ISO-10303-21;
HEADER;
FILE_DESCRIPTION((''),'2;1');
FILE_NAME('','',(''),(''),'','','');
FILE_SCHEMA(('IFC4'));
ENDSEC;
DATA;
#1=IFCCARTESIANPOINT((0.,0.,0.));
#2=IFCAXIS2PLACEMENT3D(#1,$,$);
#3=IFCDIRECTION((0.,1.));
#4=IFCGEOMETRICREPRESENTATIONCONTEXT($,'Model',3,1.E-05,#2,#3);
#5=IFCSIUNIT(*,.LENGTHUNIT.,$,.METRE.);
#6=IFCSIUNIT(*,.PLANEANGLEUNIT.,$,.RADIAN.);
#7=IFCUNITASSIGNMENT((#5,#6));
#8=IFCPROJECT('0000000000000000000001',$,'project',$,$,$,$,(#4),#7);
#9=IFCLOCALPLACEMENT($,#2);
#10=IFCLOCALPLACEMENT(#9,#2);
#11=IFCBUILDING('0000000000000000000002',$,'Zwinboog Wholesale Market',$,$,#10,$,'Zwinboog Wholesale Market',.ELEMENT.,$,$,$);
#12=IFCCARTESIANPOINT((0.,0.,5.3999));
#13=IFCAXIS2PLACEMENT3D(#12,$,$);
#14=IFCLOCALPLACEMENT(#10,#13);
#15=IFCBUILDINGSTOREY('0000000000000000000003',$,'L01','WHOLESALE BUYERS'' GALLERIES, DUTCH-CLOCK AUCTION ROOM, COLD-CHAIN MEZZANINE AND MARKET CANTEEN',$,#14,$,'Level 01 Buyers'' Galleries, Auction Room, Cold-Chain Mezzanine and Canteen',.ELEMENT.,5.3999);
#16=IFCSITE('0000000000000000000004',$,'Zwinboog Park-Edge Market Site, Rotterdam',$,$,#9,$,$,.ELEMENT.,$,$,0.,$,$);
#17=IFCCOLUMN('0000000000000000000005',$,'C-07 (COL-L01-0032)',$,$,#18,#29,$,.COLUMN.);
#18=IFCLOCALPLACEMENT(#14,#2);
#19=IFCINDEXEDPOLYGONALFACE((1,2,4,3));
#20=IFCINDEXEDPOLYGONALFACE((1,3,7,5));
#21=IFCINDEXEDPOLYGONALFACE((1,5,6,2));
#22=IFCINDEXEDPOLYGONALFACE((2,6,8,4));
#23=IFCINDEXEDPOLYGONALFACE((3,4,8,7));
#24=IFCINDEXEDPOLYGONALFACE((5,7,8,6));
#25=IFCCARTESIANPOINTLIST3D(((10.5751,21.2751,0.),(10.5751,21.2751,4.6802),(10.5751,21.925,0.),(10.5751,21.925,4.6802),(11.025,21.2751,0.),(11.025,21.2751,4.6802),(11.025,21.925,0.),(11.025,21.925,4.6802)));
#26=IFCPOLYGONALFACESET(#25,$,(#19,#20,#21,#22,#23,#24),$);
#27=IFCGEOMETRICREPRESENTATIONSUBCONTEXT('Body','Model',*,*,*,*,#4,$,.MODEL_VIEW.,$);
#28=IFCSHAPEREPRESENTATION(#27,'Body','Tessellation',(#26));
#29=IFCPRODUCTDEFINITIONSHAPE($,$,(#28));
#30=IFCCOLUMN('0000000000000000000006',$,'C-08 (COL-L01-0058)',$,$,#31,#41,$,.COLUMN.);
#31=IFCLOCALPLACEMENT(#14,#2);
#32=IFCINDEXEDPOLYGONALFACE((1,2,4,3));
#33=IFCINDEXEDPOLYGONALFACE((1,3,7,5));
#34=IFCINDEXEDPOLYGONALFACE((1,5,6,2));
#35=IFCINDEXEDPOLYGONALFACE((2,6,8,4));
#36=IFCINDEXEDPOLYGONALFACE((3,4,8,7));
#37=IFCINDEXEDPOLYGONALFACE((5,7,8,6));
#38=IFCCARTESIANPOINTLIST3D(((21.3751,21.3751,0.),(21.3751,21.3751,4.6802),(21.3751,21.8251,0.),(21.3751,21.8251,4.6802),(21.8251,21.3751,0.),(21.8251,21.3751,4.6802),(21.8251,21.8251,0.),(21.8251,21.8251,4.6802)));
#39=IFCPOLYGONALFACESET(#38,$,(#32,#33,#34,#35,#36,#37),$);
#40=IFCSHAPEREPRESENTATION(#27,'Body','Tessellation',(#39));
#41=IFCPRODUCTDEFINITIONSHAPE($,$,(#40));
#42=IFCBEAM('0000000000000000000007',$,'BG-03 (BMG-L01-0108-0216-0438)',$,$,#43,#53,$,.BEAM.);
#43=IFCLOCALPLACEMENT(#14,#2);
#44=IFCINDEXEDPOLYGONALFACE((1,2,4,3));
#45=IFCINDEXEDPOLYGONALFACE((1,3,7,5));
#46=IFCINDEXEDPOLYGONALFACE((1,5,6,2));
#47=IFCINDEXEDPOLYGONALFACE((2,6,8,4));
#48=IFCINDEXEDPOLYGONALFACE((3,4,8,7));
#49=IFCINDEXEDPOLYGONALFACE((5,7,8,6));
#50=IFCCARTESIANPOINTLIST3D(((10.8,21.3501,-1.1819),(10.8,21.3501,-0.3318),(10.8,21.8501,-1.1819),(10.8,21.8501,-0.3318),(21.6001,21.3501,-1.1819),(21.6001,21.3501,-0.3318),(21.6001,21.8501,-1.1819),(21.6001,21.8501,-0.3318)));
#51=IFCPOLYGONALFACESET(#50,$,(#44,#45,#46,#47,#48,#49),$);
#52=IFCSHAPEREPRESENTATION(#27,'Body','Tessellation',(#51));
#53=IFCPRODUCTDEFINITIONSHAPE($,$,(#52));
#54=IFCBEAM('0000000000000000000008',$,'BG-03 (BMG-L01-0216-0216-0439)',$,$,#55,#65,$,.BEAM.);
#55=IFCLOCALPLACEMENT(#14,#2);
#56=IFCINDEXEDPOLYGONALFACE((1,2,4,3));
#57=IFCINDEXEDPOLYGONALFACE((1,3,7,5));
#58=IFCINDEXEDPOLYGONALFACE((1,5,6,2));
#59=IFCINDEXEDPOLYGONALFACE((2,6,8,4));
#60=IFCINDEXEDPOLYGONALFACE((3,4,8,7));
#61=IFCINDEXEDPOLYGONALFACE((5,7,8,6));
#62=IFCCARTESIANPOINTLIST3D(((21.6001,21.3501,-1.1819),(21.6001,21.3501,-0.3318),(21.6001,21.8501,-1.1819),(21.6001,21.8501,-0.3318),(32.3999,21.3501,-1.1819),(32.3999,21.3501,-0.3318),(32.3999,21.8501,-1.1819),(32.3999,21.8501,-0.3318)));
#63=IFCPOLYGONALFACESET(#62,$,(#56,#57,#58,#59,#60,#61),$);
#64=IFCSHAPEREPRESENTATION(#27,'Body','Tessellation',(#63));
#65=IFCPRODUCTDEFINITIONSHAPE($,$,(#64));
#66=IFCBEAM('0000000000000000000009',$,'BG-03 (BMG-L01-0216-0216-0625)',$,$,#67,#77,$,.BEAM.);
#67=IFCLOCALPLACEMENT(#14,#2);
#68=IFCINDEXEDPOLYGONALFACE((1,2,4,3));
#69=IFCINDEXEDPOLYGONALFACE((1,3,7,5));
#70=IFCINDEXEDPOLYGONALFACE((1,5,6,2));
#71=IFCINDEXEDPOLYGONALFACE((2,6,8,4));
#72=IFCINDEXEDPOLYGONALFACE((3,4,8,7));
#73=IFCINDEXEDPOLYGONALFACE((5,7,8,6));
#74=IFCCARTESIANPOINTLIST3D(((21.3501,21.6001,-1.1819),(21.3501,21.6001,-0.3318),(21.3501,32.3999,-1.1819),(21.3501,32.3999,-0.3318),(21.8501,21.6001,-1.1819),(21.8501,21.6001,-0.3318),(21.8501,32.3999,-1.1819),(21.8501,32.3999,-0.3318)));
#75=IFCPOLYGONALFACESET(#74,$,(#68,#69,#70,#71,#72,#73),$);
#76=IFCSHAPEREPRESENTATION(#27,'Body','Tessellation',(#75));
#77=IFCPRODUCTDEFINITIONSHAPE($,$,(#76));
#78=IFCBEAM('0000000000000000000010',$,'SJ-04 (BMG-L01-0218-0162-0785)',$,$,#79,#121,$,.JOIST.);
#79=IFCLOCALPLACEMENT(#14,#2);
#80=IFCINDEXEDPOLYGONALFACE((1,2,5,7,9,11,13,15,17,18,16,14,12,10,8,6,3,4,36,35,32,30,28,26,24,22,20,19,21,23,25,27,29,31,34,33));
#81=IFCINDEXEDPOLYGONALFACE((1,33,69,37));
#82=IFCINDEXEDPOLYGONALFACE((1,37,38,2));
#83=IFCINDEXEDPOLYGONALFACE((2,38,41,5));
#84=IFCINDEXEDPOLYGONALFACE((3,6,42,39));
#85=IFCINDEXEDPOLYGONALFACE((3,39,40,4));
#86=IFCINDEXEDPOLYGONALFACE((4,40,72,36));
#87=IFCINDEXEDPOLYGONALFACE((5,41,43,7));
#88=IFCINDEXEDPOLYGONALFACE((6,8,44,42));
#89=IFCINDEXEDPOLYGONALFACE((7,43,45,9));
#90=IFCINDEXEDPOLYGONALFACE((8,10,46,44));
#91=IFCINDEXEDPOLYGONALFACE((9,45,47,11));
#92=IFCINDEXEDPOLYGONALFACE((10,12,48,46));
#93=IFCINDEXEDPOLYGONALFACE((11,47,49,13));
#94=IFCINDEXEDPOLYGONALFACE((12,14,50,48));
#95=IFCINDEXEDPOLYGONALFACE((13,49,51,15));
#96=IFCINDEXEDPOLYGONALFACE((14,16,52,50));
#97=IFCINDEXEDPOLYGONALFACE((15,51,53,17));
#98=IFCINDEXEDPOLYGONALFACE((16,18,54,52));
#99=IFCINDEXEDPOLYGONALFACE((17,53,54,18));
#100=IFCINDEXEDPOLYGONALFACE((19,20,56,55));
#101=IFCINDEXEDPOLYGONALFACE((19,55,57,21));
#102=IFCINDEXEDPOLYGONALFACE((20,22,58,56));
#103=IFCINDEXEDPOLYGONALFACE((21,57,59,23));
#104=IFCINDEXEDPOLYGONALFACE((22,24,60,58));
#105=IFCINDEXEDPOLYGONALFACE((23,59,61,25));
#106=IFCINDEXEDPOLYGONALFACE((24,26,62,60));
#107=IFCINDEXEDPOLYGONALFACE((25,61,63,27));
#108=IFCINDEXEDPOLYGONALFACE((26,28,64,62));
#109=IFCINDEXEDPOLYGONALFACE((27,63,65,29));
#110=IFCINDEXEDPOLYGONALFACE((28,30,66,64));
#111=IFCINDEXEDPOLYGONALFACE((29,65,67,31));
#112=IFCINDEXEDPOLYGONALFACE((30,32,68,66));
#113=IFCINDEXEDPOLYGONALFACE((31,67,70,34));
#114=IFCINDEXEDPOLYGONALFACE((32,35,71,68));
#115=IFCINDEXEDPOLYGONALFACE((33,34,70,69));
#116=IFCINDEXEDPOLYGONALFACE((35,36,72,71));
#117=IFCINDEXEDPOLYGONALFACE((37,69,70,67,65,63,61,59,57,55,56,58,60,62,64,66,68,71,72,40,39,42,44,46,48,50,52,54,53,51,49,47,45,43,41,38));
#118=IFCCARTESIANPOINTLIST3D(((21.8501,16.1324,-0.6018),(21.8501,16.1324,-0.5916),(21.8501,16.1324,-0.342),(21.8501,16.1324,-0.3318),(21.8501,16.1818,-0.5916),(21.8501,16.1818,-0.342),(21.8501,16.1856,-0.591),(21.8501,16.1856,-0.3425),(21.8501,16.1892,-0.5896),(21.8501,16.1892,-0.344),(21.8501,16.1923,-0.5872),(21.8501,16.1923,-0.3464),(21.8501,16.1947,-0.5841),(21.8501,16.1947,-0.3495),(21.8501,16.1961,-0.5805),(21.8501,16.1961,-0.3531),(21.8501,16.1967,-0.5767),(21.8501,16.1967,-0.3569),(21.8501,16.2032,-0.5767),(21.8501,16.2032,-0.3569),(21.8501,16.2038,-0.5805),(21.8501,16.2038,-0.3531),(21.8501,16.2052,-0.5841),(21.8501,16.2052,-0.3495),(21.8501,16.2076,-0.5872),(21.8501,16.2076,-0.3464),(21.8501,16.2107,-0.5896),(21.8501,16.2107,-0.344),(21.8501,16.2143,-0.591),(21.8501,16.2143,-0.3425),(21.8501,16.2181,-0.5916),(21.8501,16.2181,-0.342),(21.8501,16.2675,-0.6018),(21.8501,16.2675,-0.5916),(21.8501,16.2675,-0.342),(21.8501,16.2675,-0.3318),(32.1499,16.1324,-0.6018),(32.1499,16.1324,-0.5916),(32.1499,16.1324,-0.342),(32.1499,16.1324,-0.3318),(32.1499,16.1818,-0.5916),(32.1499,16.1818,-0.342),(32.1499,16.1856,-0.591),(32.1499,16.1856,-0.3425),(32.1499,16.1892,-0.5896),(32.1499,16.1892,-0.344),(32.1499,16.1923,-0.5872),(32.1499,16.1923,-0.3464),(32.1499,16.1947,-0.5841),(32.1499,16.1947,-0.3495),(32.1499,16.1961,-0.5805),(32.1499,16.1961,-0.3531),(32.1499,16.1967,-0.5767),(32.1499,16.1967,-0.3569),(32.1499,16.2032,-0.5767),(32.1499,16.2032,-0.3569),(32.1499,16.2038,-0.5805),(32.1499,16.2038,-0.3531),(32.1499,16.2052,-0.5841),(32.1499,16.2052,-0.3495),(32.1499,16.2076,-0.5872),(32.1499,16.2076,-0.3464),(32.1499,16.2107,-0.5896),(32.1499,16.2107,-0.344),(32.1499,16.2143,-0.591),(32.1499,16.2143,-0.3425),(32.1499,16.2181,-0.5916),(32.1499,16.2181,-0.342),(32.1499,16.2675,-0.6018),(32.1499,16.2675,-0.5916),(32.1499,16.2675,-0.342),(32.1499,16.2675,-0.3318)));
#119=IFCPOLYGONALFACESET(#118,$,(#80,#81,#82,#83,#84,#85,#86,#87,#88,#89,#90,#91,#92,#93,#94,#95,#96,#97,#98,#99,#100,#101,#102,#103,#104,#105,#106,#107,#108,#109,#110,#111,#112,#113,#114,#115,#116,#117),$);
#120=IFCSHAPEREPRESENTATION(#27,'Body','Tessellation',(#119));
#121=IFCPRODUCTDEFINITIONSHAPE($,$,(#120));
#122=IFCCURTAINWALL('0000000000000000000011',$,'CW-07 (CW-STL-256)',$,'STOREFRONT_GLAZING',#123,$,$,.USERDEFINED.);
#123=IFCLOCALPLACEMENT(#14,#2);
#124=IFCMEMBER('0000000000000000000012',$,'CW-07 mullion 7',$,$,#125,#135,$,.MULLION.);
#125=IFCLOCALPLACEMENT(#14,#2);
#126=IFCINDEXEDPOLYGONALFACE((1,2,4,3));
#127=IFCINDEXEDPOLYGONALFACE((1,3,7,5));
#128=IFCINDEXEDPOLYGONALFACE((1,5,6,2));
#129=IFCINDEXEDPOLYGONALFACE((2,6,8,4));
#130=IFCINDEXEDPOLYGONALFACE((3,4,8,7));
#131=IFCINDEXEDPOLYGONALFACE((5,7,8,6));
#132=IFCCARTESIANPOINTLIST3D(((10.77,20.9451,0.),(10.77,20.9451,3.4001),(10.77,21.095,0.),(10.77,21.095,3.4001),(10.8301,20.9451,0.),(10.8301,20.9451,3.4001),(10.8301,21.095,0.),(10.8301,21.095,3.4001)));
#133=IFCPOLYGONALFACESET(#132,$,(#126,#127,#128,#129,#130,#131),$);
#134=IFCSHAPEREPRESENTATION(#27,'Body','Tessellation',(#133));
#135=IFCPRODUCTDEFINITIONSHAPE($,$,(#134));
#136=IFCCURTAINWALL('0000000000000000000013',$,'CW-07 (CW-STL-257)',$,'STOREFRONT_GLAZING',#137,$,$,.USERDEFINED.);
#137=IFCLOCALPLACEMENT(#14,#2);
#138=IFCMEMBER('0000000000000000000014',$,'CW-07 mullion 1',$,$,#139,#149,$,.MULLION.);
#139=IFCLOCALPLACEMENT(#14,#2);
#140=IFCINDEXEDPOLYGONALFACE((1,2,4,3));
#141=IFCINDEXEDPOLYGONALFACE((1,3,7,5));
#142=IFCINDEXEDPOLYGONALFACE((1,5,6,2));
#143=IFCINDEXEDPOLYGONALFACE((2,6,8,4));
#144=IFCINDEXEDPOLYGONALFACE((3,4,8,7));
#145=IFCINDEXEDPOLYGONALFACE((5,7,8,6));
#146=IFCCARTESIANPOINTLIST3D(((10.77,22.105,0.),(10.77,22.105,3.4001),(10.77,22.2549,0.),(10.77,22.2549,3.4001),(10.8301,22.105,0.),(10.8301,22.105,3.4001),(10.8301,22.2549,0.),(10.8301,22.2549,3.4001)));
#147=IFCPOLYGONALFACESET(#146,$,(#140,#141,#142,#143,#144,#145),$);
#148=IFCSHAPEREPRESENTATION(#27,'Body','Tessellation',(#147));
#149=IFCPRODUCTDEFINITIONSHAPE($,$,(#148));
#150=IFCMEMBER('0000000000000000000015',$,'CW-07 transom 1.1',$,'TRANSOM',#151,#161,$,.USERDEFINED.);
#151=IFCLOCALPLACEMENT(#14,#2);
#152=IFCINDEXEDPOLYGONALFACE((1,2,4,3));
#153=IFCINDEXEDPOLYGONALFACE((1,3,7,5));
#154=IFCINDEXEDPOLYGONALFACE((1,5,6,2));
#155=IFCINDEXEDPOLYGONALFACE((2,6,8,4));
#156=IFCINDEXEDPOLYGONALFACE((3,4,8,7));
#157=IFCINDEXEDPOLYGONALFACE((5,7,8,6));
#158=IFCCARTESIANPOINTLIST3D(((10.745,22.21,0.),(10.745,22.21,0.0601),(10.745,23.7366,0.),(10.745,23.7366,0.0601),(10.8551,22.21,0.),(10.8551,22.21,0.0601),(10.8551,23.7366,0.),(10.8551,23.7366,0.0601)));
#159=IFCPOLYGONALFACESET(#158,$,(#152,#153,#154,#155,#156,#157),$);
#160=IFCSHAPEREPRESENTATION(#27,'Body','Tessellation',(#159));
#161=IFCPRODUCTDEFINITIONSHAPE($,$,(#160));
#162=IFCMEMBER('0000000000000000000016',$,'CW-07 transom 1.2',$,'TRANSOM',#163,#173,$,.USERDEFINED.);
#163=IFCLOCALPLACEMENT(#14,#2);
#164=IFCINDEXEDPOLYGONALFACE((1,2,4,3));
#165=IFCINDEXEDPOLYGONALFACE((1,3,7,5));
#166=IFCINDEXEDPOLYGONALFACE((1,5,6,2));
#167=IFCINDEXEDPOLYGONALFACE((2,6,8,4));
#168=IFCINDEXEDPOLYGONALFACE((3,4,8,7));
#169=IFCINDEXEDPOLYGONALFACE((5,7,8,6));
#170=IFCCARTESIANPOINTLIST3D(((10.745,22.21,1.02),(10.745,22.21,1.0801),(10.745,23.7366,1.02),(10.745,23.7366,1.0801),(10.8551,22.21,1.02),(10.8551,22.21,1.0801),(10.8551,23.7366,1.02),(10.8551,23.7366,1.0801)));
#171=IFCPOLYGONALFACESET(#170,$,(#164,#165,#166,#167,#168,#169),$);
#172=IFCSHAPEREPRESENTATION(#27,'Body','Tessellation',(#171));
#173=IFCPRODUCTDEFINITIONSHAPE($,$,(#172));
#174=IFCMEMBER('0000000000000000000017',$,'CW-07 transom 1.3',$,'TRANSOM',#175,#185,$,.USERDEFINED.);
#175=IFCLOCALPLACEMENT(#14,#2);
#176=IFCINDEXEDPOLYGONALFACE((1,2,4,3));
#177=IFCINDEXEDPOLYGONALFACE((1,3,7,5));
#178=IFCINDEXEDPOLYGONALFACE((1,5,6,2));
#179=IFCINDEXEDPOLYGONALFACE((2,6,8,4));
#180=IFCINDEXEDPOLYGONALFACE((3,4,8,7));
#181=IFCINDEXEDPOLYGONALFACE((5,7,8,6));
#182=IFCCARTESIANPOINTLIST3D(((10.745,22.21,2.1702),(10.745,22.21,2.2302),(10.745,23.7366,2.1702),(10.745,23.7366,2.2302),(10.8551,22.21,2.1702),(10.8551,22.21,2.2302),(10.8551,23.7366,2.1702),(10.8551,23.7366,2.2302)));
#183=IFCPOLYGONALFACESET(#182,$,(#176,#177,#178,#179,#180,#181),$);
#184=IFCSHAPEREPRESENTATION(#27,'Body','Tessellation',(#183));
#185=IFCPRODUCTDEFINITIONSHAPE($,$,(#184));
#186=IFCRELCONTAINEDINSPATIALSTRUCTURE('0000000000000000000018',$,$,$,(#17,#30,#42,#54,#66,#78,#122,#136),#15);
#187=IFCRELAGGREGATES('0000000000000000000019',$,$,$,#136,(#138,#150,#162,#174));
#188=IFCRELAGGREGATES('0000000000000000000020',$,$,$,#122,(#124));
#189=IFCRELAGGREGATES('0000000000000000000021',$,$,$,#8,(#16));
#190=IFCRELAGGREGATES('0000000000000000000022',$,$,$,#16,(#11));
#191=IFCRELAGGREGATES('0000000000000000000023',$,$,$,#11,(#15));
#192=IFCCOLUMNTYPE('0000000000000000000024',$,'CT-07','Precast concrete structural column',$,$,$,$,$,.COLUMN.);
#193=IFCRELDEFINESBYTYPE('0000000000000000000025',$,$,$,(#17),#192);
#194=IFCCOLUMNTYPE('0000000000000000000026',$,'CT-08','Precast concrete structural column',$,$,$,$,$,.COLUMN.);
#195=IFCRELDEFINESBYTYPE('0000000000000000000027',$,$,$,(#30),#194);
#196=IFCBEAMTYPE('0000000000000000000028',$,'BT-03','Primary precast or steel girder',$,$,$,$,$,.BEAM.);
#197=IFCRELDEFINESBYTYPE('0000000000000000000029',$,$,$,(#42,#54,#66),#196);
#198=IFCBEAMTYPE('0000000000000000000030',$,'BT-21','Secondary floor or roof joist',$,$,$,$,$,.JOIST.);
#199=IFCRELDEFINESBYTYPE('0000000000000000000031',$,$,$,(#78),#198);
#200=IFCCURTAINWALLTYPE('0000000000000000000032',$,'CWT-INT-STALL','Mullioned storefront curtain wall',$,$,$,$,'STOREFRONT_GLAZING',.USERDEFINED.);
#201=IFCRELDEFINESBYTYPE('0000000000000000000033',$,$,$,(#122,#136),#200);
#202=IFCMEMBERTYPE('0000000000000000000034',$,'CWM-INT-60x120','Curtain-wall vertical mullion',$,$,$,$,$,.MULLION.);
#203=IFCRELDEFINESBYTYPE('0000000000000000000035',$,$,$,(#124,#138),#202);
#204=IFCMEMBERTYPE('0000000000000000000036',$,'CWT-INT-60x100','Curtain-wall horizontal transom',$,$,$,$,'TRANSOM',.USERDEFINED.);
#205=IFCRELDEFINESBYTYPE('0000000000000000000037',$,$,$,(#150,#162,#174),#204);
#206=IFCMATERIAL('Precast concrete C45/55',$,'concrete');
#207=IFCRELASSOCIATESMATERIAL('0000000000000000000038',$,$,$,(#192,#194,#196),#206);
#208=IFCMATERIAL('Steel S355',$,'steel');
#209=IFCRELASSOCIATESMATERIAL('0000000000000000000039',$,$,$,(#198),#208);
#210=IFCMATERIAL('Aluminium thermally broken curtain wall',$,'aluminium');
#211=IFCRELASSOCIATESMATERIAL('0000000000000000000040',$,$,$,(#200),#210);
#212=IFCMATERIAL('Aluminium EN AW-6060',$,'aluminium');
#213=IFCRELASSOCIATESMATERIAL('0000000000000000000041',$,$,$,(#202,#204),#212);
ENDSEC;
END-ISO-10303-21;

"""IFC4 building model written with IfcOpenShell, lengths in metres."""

from ifc_helpers import new_model, si_unit, direction, frame, origin, origin_2d, place, context, subcontext, project, spatial, rectangle, i_section, extrude, material, material_profile, profile_set, type_object, element, aggregate, save


model = new_model("IFC4")

# Units and contexts
model_context = context("Model", 3, precision=1e-05, world=origin(), true_north=direction((0.0, 1.0)))
body_context = subcontext(model_context, "Body", "Model", "MODEL_VIEW")
ifc_project = project(units=[si_unit("LENGTHUNIT", "METRE"), si_unit("PLANEANGLEUNIT", "RADIAN")], contexts=[model_context])

# Site, building, storey
site_placement = place(None, origin())
site = spatial("IfcSite", under=ifc_project, at=site_placement, Name="Zwinboog Park-Edge Market Site, Rotterdam", CompositionType="ELEMENT", RefElevation=0.0)
building_placement = place(site_placement, origin())
building = spatial("IfcBuilding", under=site, at=building_placement, Name="Zwinboog Wholesale Market", LongName="Zwinboog Wholesale Market", CompositionType="ELEMENT")
storey_placement = place(building_placement, frame((0.0, 0.0, 5.3999)))
storey = spatial("IfcBuildingStorey", under=building, at=storey_placement, Name="L01", Description="WHOLESALE BUYERS' GALLERIES, DUTCH-CLOCK AUCTION ROOM, COLD-CHAIN MEZZANINE AND MARKET CANTEEN", LongName="Level 01 Buyers' Galleries, Auction Room, Cold-Chain Mezzanine and Canteen", CompositionType="ELEMENT", Elevation=5.3999)

# Columns
ifc_material_1 = material(Name="Precast concrete C45/55", Category="concrete")
ifc_material_profile_1 = material_profile(ifc_material_1, rectangle(XDim=0.45, YDim=0.6499, at=origin_2d()), Name="PC 450x650")
ifc_profile_set_1 = profile_set([ifc_material_profile_1], Name="Precast concrete C45/55")
column_type_1 = type_object("IfcColumnType", Name="CT-07", Description="Precast concrete structural column", PredefinedType="COLUMN", material=ifc_profile_set_1)
column_1_placement = place(storey_placement, frame((10.8, 21.6001, 0.0), z_axis=(0.0, 0.0, 1.0), x_axis=(1.0, 0.0, 0.0)))
element("IfcColumn", 1, at=column_1_placement, inside=storey, type_object=column_type_1, Name="C-07 (COL-L01-0032)", PredefinedType="COLUMN", context=body_context, shape_type="SweptSolid", body=[
    extrude(rectangle(XDim=0.45, YDim=0.6499, at=origin_2d()), origin(), (0.0, 0.0, 1.0), 4.6802),
])
ifc_material_profile_2 = material_profile(ifc_material_1, rectangle(XDim=0.45, YDim=0.45, at=origin_2d()), Name="PC 450x450")
ifc_profile_set_2 = profile_set([ifc_material_profile_2], Name="Precast concrete C45/55")
column_type_2 = type_object("IfcColumnType", Name="CT-08", Description="Precast concrete structural column", PredefinedType="COLUMN", material=ifc_profile_set_2)
column_2_placement = place(storey_placement, frame((21.6001, 21.6001, 0.0), z_axis=(0.0, 0.0, 1.0), x_axis=(1.0, 0.0, 0.0)))
element("IfcColumn", 2, at=column_2_placement, inside=storey, type_object=column_type_2, Name="C-08 (COL-L01-0058)", PredefinedType="COLUMN", context=body_context, shape_type="SweptSolid", body=[
    extrude(rectangle(XDim=0.45, YDim=0.45, at=origin_2d()), origin(), (0.0, 0.0, 1.0), 4.6802),
])

# Beams
ifc_material_profile_3 = material_profile(ifc_material_1, rectangle(XDim=0.5, YDim=0.8501, at=origin_2d()), Name="PC 500x850")
ifc_profile_set_3 = profile_set([ifc_material_profile_3], Name="Precast concrete C45/55")
beam_type_1 = type_object("IfcBeamType", Name="BT-03", Description="Primary precast or steel girder", PredefinedType="BEAM", material=ifc_profile_set_3)
beam_1_placement = place(storey_placement, frame((10.8, 21.6001, -0.7568), z_axis=(1.0, 0.0, 0.0), x_axis=(0.0, 1.0, 0.0)))
element("IfcBeam", 3, at=beam_1_placement, inside=storey, type_object=beam_type_1, Name="BG-03 (BMG-L01-0108-0216-0438)", PredefinedType="BEAM", context=body_context, shape_type="SweptSolid", body=[
    extrude(rectangle(XDim=0.5, YDim=0.8501, at=origin_2d()), origin(), (0.0, 0.0, 1.0), 10.8),
])
for number, where, z_axis, x_axis, name in (
    (4, (21.6001, 21.6001, -0.7568), (1.0, 0.0, 0.0), (0.0, 1.0, 0.0), "BG-03 (BMG-L01-0216-0216-0439)"),
    (5, (21.6001, 21.6001, -0.7568), (0.0, 1.0, 0.0), (-1.0, 0.0, 0.0), "BG-03 (BMG-L01-0216-0216-0625)"),
):
    element("IfcBeam", number, at=place(storey_placement, frame(where, z_axis=z_axis, x_axis=x_axis)), inside=storey, type_object=beam_type_1, Name=name, PredefinedType="BEAM", context=body_context, shape_type="SweptSolid", body=[
        extrude(rectangle(XDim=0.5, YDim=0.8501, at=origin_2d()), origin(), (0.0, 0.0, 1.0), 10.7998),
    ])
ifc_material_2 = material(Name="Steel S355", Category="steel")
ifc_material_profile_4 = material_profile(ifc_material_2, i_section(OverallWidth=0.135, OverallDepth=0.27, WebThickness=0.0066, FlangeThickness=0.0103, FilletRadius=0.0149, at=origin_2d()), Name="IPE 270")
ifc_profile_set_4 = profile_set([ifc_material_profile_4], Name="Steel S355")
beam_type_2 = type_object("IfcBeamType", Name="BT-21", Description="Secondary floor or roof joist", PredefinedType="JOIST", material=ifc_profile_set_4)
beam_2_placement = place(storey_placement, frame((21.8501, 16.2, -0.4668), z_axis=(1.0, 0.0, 0.0), x_axis=(0.0, 1.0, 0.0)))
element("IfcBeam", 6, at=beam_2_placement, inside=storey, type_object=beam_type_2, Name="SJ-04 (BMG-L01-0218-0162-0785)", PredefinedType="JOIST", context=body_context, shape_type="SweptSolid", body=[
    extrude(i_section(OverallWidth=0.135, OverallDepth=0.27, WebThickness=0.0066, FlangeThickness=0.0103, FilletRadius=0.0149, at=origin_2d()), origin(), (0.0, 0.0, 1.0), 10.2998),
])

# Curtain wall, member
ifc_material_3 = material(Name="Aluminium thermally broken curtain wall", Category="aluminium")
curtain_wall_type = type_object("IfcCurtainWallType", Name="CWT-INT-STALL", Description="Mullioned storefront curtain wall", ElementType="STOREFRONT_GLAZING", PredefinedType="USERDEFINED", material=ifc_material_3)
curtain_wall_1_placement = place(storey_placement, origin())
curtain_wall_1 = element("IfcCurtainWall", 7, at=curtain_wall_1_placement, inside=storey, type_object=curtain_wall_type, Name="CW-07 (CW-STL-256)", ObjectType="STOREFRONT_GLAZING", PredefinedType="USERDEFINED")
ifc_material_4 = material(Name="Aluminium EN AW-6060", Category="aluminium")
ifc_material_profile_5 = material_profile(ifc_material_4, rectangle(XDim=0.0601, YDim=0.1499, at=origin_2d()), Name="AL 60x150")
ifc_profile_set_5 = profile_set([ifc_material_profile_5], Name="Aluminium EN AW-6060")
member_type_1 = type_object("IfcMemberType", Name="CWM-INT-60x120", Description="Curtain-wall vertical mullion", PredefinedType="MULLION", material=ifc_profile_set_5)
member_1_placement = place(storey_placement, frame((10.8, 21.02, 0.0), z_axis=(0.0, 0.0, 1.0), x_axis=(-1.0, 0.0, 0.0)))
member_1 = element("IfcMember", 8, at=member_1_placement, type_object=member_type_1, Name="CW-07 mullion 7", PredefinedType="MULLION", context=body_context, shape_type="SweptSolid", body=[
    extrude(rectangle(XDim=0.0601, YDim=0.1499, at=origin_2d()), origin(), (0.0, 0.0, 1.0), 3.4001),
])

# Curtain wall, members
curtain_wall_2_placement = place(storey_placement, origin())
curtain_wall_2 = element("IfcCurtainWall", 9, at=curtain_wall_2_placement, inside=storey, type_object=curtain_wall_type, Name="CW-07 (CW-STL-257)", ObjectType="STOREFRONT_GLAZING", PredefinedType="USERDEFINED")
member_2_placement = place(storey_placement, frame((10.8, 22.1799, 0.0), z_axis=(0.0, 0.0, 1.0), x_axis=(-1.0, 0.0, 0.0)))
member_2 = element("IfcMember", 10, at=member_2_placement, type_object=member_type_1, Name="CW-07 mullion 1", PredefinedType="MULLION", context=body_context, shape_type="SweptSolid", body=[
    extrude(rectangle(XDim=0.0601, YDim=0.1499, at=origin_2d()), origin(), (0.0, 0.0, 1.0), 3.4001),
])
ifc_material_profile_6 = material_profile(ifc_material_4, rectangle(XDim=0.1101, YDim=0.0601, at=origin_2d()), Name="AL 60x110")
ifc_profile_set_6 = profile_set([ifc_material_profile_6], Name="Aluminium EN AW-6060")
member_type_2 = type_object("IfcMemberType", Name="CWT-INT-60x100", Description="Curtain-wall horizontal transom", ElementType="TRANSOM", PredefinedType="USERDEFINED", material=ifc_profile_set_6)
member_3_placement = place(storey_placement, frame((10.8, 22.21, 0.03), z_axis=(0.0, 1.0, 0.0), x_axis=(-1.0, 0.0, 0.0)))
member_3 = element("IfcMember", 11, at=member_3_placement, type_object=member_type_2, Name="CW-07 transom 1.1", ObjectType="TRANSOM", PredefinedType="USERDEFINED", context=body_context, shape_type="SweptSolid", body=[
    extrude(rectangle(XDim=0.1101, YDim=0.0601, at=origin_2d()), origin(), (0.0, 0.0, 1.0), 1.5266),
])
member_4_placement = place(storey_placement, frame((10.8, 22.21, 1.05), z_axis=(0.0, 1.0, 0.0), x_axis=(-1.0, 0.0, 0.0)))
member_4 = element("IfcMember", 12, at=member_4_placement, type_object=member_type_2, Name="CW-07 transom 1.2", ObjectType="TRANSOM", PredefinedType="USERDEFINED", context=body_context, shape_type="SweptSolid", body=[
    extrude(rectangle(XDim=0.1101, YDim=0.0601, at=origin_2d()), origin(), (0.0, 0.0, 1.0), 1.5266),
])
member_5_placement = place(storey_placement, frame((10.8, 22.21, 2.2002), z_axis=(0.0, 1.0, 0.0), x_axis=(-1.0, 0.0, 0.0)))
member_5 = element("IfcMember", 13, at=member_5_placement, type_object=member_type_2, Name="CW-07 transom 1.3", ObjectType="TRANSOM", PredefinedType="USERDEFINED", context=body_context, shape_type="SweptSolid", body=[
    extrude(rectangle(XDim=0.1101, YDim=0.0601, at=origin_2d()), origin(), (0.0, 0.0, 1.0), 1.5266),
])
aggregate(curtain_wall_2, [member_2, member_3, member_4, member_5])

aggregate(curtain_wall_1, [member_1])

save(model, "model.ifc")
